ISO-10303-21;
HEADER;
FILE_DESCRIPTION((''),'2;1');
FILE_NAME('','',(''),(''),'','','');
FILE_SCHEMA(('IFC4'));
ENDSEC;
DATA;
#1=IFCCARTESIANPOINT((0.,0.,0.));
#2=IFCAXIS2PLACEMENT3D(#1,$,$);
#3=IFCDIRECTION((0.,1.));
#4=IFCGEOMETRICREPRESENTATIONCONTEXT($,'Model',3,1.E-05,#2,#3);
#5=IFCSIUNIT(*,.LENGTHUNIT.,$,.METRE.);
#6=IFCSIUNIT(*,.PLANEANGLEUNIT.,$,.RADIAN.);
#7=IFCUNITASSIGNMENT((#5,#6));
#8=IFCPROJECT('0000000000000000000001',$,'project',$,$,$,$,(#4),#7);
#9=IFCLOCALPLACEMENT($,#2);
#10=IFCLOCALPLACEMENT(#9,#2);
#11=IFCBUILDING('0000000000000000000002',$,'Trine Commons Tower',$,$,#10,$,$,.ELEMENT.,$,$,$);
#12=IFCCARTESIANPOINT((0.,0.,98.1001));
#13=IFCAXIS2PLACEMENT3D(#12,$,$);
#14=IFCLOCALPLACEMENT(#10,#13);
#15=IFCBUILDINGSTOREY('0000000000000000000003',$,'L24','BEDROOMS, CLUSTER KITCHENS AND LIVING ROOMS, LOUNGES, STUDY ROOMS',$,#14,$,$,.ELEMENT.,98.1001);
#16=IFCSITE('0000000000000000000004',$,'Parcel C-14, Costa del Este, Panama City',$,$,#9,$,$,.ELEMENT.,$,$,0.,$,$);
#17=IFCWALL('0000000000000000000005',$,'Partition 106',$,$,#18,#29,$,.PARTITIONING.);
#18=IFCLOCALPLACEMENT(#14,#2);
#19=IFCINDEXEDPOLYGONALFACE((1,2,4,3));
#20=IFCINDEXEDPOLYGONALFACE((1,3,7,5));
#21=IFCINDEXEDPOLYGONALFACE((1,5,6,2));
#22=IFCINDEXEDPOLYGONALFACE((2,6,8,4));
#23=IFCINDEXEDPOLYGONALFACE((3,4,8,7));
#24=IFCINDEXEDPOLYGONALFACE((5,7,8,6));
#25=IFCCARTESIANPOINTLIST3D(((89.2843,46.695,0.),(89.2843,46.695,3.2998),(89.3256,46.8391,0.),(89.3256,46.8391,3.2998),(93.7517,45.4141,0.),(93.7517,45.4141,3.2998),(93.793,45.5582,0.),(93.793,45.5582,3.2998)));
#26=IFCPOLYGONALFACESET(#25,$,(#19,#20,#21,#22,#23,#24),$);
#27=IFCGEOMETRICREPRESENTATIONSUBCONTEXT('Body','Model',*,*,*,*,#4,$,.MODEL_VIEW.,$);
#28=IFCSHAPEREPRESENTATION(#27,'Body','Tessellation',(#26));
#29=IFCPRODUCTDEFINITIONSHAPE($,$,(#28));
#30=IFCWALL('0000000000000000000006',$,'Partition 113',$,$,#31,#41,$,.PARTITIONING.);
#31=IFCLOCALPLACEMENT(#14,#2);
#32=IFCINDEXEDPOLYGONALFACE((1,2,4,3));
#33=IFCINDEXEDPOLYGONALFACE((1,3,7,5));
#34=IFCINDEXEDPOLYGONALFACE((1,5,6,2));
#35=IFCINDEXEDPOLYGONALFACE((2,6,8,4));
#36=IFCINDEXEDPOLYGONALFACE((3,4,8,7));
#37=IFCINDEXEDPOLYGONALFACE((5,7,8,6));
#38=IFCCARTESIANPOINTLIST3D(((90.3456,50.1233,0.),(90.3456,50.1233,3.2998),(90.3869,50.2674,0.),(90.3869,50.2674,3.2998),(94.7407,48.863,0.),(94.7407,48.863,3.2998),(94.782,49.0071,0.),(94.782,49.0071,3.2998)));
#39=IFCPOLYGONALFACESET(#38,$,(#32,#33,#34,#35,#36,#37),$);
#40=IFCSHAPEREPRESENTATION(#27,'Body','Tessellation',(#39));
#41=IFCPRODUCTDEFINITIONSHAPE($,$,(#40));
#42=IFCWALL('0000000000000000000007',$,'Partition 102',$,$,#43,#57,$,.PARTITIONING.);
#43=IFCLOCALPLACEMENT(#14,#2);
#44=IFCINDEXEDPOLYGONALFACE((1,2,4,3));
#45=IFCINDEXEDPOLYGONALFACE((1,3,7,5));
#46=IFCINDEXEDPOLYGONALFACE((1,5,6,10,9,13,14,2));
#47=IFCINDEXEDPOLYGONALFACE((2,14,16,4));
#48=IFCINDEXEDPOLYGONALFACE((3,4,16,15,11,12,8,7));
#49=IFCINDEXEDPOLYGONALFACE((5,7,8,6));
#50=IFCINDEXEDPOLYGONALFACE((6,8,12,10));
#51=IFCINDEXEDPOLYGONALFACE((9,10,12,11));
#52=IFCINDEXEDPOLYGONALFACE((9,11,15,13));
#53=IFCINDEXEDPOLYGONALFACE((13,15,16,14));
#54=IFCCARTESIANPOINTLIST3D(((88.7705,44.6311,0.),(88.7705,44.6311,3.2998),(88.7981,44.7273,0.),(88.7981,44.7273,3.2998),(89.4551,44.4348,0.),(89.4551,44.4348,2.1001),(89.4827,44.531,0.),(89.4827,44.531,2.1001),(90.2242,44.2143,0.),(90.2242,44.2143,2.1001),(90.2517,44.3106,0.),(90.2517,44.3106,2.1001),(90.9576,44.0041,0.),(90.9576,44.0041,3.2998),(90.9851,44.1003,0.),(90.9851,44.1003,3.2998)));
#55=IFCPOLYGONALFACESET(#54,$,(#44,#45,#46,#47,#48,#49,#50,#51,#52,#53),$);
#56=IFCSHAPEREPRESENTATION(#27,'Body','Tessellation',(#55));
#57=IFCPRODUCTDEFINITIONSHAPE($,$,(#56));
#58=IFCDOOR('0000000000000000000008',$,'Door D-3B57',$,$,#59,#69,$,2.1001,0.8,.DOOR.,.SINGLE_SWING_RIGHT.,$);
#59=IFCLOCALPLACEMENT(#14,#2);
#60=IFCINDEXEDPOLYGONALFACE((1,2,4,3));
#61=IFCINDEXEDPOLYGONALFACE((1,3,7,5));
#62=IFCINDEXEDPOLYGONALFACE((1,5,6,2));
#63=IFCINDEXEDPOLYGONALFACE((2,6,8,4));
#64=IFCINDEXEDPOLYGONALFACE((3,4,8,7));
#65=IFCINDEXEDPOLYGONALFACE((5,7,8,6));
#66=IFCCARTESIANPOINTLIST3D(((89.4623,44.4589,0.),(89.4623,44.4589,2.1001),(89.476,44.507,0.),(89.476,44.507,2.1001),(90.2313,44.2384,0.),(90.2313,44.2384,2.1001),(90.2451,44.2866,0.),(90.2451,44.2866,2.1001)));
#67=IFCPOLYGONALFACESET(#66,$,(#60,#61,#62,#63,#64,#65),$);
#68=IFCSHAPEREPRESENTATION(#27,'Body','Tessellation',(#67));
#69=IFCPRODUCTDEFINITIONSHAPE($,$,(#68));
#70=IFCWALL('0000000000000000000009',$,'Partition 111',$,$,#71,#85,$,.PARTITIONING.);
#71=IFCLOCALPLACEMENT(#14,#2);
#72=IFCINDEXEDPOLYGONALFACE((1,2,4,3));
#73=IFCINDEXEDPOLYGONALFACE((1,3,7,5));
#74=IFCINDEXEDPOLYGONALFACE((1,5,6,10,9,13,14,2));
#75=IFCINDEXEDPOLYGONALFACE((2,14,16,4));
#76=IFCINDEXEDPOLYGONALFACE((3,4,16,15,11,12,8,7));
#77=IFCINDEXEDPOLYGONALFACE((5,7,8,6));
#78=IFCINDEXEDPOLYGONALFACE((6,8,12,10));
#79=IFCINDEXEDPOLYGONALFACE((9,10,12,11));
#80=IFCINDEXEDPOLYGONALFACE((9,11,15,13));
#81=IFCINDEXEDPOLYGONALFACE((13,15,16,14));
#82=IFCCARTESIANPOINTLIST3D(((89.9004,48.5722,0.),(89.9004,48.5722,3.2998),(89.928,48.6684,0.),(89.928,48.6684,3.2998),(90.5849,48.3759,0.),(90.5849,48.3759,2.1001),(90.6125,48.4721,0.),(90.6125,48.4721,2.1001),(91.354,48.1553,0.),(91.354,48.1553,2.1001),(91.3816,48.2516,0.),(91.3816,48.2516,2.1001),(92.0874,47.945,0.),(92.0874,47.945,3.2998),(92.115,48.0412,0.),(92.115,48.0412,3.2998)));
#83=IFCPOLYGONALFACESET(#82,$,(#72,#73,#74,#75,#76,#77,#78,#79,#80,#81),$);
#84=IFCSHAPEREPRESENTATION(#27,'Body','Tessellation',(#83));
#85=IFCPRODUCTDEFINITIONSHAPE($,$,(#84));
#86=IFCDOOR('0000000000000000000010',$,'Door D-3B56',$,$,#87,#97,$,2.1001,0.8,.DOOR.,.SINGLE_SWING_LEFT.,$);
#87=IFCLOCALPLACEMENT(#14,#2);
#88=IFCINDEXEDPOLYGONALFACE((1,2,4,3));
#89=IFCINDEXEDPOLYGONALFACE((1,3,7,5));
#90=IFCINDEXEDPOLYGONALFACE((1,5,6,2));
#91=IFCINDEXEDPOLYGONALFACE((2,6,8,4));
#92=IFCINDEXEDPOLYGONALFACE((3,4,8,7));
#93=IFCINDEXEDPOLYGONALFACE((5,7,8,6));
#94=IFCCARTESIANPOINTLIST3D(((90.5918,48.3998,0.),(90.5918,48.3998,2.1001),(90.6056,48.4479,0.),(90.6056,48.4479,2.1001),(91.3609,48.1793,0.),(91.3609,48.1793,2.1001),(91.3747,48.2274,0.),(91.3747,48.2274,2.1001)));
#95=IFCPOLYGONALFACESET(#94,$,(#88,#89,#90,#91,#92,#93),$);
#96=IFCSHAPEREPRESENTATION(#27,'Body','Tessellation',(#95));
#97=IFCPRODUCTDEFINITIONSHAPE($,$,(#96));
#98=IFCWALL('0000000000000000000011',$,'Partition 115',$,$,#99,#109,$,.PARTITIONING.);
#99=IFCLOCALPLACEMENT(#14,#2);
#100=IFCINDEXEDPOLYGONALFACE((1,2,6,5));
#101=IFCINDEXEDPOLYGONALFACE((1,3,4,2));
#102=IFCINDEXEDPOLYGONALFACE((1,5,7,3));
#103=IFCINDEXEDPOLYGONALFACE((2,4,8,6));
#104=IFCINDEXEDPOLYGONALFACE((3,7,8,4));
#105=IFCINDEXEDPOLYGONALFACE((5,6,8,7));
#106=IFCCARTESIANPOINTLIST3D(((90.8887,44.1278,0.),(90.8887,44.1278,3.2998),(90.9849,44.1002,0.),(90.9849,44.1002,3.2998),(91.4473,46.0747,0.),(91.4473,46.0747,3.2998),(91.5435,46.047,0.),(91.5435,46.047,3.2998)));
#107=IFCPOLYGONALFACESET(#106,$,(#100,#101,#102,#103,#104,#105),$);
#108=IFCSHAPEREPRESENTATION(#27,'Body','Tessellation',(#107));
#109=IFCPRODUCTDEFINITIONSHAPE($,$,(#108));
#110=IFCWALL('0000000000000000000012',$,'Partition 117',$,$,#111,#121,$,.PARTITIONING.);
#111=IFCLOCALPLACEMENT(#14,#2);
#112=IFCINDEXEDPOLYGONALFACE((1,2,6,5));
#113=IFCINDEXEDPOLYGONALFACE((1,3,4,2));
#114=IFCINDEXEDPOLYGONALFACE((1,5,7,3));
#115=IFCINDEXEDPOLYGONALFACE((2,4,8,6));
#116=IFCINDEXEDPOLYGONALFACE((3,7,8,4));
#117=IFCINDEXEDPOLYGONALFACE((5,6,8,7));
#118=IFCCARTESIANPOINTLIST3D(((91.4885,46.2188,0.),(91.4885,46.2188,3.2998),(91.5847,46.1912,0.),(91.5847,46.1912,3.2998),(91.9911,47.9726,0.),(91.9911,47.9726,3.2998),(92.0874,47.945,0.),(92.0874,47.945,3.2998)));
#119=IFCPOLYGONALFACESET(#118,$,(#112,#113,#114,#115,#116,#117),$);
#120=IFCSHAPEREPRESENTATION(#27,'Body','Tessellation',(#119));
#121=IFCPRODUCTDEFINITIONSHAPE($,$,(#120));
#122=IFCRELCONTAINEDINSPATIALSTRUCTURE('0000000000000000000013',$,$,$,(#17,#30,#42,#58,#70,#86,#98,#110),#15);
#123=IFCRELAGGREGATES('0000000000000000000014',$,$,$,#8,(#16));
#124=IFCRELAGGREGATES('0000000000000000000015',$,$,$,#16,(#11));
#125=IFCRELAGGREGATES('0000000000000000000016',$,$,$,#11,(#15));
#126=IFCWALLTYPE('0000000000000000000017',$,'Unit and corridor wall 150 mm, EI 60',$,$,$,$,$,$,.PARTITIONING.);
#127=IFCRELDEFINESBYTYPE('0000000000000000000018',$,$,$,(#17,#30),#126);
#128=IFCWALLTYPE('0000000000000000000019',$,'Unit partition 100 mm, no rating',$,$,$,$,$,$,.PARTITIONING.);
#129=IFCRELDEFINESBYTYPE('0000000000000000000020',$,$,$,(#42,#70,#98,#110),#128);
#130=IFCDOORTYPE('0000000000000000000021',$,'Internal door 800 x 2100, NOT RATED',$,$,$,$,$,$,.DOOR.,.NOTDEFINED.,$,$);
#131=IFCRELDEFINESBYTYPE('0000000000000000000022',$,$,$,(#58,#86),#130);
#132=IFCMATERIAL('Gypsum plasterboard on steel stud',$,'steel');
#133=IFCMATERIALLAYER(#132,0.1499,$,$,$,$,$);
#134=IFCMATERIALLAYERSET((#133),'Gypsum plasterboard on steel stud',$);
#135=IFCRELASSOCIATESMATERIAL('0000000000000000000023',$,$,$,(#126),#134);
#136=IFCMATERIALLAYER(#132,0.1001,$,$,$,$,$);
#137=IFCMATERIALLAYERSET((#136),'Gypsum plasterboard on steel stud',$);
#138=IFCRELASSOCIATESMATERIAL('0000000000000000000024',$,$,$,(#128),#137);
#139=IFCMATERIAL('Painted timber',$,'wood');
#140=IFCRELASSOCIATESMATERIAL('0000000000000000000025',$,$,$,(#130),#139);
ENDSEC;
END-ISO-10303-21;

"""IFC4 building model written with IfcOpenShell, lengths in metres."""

from ifc_helpers import new_model, si_unit, direction, frame, frame_2d, origin, place, context, subcontext, project, spatial, rectangle, extrude, material, layer, layer_set, type_object, element, fill, save


model = new_model("IFC4")

# Units and contexts
model_context = context("Model", 3, precision=1e-05, world=origin(), true_north=direction((0.0, 1.0)))
body_context = subcontext(model_context, "Body", "Model", "MODEL_VIEW")
ifc_project = project(units=[si_unit("LENGTHUNIT", "METRE"), si_unit("PLANEANGLEUNIT", "RADIAN")], contexts=[model_context])

# Site, building, storey
site_placement = place(None, origin())
site = spatial("IfcSite", under=ifc_project, at=site_placement, Name="Parcel C-14, Costa del Este, Panama City", CompositionType="ELEMENT", RefElevation=0.0)
building_placement = place(site_placement, origin())
building = spatial("IfcBuilding", under=site, at=building_placement, Name="Trine Commons Tower", CompositionType="ELEMENT")
storey_placement = place(building_placement, frame((0.0, 0.0, 98.1001)))
storey = spatial("IfcBuildingStorey", under=building, at=storey_placement, Name="L24", Description="BEDROOMS, CLUSTER KITCHENS AND LIVING ROOMS, LOUNGES, STUDY ROOMS", CompositionType="ELEMENT", Elevation=98.1001)

# Shared definitions
ifc_material_1 = material(Name="Gypsum plasterboard on steel stud", Category="steel")
ifc_layer_1 = layer(ifc_material_1, 0.1499)
ifc_layer_set_1 = layer_set([ifc_layer_1], Name="Gypsum plasterboard on steel stud")
wall_type_1 = type_object("IfcWallType", Name="Unit and corridor wall 150 mm, EI 60", PredefinedType="PARTITIONING", material=ifc_layer_set_1)

# Shared definitions
ifc_material_2 = material(Name="Painted timber", Category="wood")

# Walls
wall_1_placement = place(storey_placement, frame((89.3049, 46.7671, 0.0), z_axis=(0.0, 0.0, 1.0), x_axis=(0.961264, -0.27563, 0.0)))
element("IfcWall", 1, at=wall_1_placement, inside=storey, type_object=wall_type_1, Name="Partition 106", PredefinedType="PARTITIONING", context=body_context, shape_type="SweptSolid", body=[
    extrude(rectangle(XDim=4.6475, YDim=0.1499, at=frame_2d((2.3237, 0.0))), origin(), (0.0, 0.0, 1.0), 3.2998),
])
wall_2_placement = place(storey_placement, frame((90.3662, 50.1953, 0.0), z_axis=(0.0, 0.0, 1.0), x_axis=(0.961266, -0.275624, 0.0)))
element("IfcWall", 2, at=wall_2_placement, inside=storey, type_object=wall_type_1, Name="Partition 113", PredefinedType="PARTITIONING", context=body_context, shape_type="SweptSolid", body=[
    extrude(rectangle(XDim=4.5723, YDim=0.1499, at=frame_2d((2.2861, 0.0))), origin(), (0.0, 0.0, 1.0), 3.2998),
])

# Walls, openings, doors
ifc_layer_2 = layer(ifc_material_1, 0.1001)
ifc_layer_set_2 = layer_set([ifc_layer_2], Name="Gypsum plasterboard on steel stud")
wall_type_2 = type_object("IfcWallType", Name="Unit partition 100 mm, no rating", PredefinedType="PARTITIONING", material=ifc_layer_set_2)
wall_3_placement = place(storey_placement, frame((88.7842, 44.6792, 0.0), z_axis=(0.0, 0.0, 1.0), x_axis=(0.961281, -0.275571, 0.0)))
wall_3 = element("IfcWall", 3, at=wall_3_placement, inside=storey, type_object=wall_type_2, Name="Partition 102", PredefinedType="PARTITIONING", context=body_context, shape_type="SweptSolid", body=[
    extrude(rectangle(XDim=2.2751, YDim=0.1001, at=frame_2d((1.1377, 0.0))), origin(), (0.0, 0.0, 1.0), 3.2998),
])
opening_1_placement = place(wall_3_placement, frame((0.7124, 0.0, 0.0)))
opening_1 = element("IfcOpeningElement", 4, at=opening_1_placement, cuts=wall_3, PredefinedType="OPENING", context=body_context, shape_type="SweptSolid", body=[
    extrude(rectangle(XDim=0.8, YDim=2.1001, at=frame_2d((0.3999, 1.05))), frame((0.0, 0.0601, 0.0), z_axis=(0.0, -1.0, 0.0), x_axis=(1.0, 0.0, 0.0)), (0.0, 0.0, 1.0), 0.1201),
])
door_type_1 = type_object("IfcDoorType", Name="Internal door 800 x 2100, NOT RATED", OperationType="NOTDEFINED", PredefinedType="DOOR", material=ifc_material_2)
door_1_placement = place(opening_1_placement, frame((0.8, 0.0, 0.0), z_axis=(0.0, 0.0, 1.0), x_axis=(-1.0, 0.0, 0.0)))
door_1 = element("IfcDoor", 5, at=door_1_placement, inside=storey, type_object=door_type_1, Name="Door D-3B57", OperationType="SINGLE_SWING_RIGHT", OverallHeight=2.1001, OverallWidth=0.8, PredefinedType="DOOR", context=body_context, shape_type="SweptSolid", body=[
    extrude(rectangle(XDim=0.8, YDim=2.1001, at=frame_2d((0.3999, 1.05))), frame((0.0, 0.0249, 0.0), z_axis=(0.0, -1.0, 0.0), x_axis=(1.0, 0.0, 0.0)), (0.0, 0.0, 1.0), 0.05),
])
fill(opening_1, door_1)
wall_4_placement = place(storey_placement, frame((89.9141, 48.6204, 0.0), z_axis=(0.0, 0.0, 1.0), x_axis=(0.961252, -0.275671, 0.0)))
wall_4 = element("IfcWall", 6, at=wall_4_placement, inside=storey, type_object=wall_type_2, Name="Partition 111", PredefinedType="PARTITIONING", context=body_context, shape_type="SweptSolid", body=[
    extrude(rectangle(XDim=2.2751, YDim=0.1001, at=frame_2d((1.1377, 0.0))), origin(), (0.0, 0.0, 1.0), 3.2998),
])
opening_2_placement = place(wall_4_placement, frame((0.7124, 0.0, 0.0)))
opening_2 = element("IfcOpeningElement", 7, at=opening_2_placement, cuts=wall_4, PredefinedType="OPENING", context=body_context, shape_type="SweptSolid", body=[
    extrude(rectangle(XDim=0.8, YDim=2.1001, at=frame_2d((0.3999, 1.05))), frame((0.0, 0.0601, 0.0), z_axis=(0.0, -1.0, 0.0), x_axis=(1.0, 0.0, 0.0)), (0.0, 0.0, 1.0), 0.1201),
])
door_2_placement = place(opening_2_placement, origin())
door_2 = element("IfcDoor", 8, at=door_2_placement, inside=storey, type_object=door_type_1, Name="Door D-3B56", OperationType="SINGLE_SWING_LEFT", OverallHeight=2.1001, OverallWidth=0.8, PredefinedType="DOOR", context=body_context, shape_type="SweptSolid", body=[
    extrude(rectangle(XDim=0.8, YDim=2.1001, at=frame_2d((0.3999, 1.05))), frame((0.0, 0.0249, 0.0), z_axis=(0.0, -1.0, 0.0), x_axis=(1.0, 0.0, 0.0)), (0.0, 0.0, 1.0), 0.05),
])
fill(opening_2, door_2)

# Walls
wall_5_placement = place(storey_placement, frame((90.9368, 44.114, 0.0), z_axis=(0.0, 0.0, 1.0), x_axis=(0.275804, 0.961214, 0.0)))
element("IfcWall", 9, at=wall_5_placement, inside=storey, type_object=wall_type_2, Name="Partition 115", PredefinedType="PARTITIONING", context=body_context, shape_type="SweptSolid", body=[
    extrude(rectangle(XDim=2.0254, YDim=0.1001, at=frame_2d((1.0127, 0.0))), origin(), (0.0, 0.0, 1.0), 3.2998),
])
wall_6_placement = place(storey_placement, frame((91.5366, 46.2051, 0.0), z_axis=(0.0, 0.0, 1.0), x_axis=(0.275516, 0.961296, 0.0)))
element("IfcWall", 10, at=wall_6_placement, inside=storey, type_object=wall_type_2, Name="Partition 117", PredefinedType="PARTITIONING", context=body_context, shape_type="SweptSolid", body=[
    extrude(rectangle(XDim=1.8245, YDim=0.1001, at=frame_2d((0.9121, 0.0))), origin(), (0.0, 0.0, 1.0), 3.2998),
])

save(model, "model.ifc")
